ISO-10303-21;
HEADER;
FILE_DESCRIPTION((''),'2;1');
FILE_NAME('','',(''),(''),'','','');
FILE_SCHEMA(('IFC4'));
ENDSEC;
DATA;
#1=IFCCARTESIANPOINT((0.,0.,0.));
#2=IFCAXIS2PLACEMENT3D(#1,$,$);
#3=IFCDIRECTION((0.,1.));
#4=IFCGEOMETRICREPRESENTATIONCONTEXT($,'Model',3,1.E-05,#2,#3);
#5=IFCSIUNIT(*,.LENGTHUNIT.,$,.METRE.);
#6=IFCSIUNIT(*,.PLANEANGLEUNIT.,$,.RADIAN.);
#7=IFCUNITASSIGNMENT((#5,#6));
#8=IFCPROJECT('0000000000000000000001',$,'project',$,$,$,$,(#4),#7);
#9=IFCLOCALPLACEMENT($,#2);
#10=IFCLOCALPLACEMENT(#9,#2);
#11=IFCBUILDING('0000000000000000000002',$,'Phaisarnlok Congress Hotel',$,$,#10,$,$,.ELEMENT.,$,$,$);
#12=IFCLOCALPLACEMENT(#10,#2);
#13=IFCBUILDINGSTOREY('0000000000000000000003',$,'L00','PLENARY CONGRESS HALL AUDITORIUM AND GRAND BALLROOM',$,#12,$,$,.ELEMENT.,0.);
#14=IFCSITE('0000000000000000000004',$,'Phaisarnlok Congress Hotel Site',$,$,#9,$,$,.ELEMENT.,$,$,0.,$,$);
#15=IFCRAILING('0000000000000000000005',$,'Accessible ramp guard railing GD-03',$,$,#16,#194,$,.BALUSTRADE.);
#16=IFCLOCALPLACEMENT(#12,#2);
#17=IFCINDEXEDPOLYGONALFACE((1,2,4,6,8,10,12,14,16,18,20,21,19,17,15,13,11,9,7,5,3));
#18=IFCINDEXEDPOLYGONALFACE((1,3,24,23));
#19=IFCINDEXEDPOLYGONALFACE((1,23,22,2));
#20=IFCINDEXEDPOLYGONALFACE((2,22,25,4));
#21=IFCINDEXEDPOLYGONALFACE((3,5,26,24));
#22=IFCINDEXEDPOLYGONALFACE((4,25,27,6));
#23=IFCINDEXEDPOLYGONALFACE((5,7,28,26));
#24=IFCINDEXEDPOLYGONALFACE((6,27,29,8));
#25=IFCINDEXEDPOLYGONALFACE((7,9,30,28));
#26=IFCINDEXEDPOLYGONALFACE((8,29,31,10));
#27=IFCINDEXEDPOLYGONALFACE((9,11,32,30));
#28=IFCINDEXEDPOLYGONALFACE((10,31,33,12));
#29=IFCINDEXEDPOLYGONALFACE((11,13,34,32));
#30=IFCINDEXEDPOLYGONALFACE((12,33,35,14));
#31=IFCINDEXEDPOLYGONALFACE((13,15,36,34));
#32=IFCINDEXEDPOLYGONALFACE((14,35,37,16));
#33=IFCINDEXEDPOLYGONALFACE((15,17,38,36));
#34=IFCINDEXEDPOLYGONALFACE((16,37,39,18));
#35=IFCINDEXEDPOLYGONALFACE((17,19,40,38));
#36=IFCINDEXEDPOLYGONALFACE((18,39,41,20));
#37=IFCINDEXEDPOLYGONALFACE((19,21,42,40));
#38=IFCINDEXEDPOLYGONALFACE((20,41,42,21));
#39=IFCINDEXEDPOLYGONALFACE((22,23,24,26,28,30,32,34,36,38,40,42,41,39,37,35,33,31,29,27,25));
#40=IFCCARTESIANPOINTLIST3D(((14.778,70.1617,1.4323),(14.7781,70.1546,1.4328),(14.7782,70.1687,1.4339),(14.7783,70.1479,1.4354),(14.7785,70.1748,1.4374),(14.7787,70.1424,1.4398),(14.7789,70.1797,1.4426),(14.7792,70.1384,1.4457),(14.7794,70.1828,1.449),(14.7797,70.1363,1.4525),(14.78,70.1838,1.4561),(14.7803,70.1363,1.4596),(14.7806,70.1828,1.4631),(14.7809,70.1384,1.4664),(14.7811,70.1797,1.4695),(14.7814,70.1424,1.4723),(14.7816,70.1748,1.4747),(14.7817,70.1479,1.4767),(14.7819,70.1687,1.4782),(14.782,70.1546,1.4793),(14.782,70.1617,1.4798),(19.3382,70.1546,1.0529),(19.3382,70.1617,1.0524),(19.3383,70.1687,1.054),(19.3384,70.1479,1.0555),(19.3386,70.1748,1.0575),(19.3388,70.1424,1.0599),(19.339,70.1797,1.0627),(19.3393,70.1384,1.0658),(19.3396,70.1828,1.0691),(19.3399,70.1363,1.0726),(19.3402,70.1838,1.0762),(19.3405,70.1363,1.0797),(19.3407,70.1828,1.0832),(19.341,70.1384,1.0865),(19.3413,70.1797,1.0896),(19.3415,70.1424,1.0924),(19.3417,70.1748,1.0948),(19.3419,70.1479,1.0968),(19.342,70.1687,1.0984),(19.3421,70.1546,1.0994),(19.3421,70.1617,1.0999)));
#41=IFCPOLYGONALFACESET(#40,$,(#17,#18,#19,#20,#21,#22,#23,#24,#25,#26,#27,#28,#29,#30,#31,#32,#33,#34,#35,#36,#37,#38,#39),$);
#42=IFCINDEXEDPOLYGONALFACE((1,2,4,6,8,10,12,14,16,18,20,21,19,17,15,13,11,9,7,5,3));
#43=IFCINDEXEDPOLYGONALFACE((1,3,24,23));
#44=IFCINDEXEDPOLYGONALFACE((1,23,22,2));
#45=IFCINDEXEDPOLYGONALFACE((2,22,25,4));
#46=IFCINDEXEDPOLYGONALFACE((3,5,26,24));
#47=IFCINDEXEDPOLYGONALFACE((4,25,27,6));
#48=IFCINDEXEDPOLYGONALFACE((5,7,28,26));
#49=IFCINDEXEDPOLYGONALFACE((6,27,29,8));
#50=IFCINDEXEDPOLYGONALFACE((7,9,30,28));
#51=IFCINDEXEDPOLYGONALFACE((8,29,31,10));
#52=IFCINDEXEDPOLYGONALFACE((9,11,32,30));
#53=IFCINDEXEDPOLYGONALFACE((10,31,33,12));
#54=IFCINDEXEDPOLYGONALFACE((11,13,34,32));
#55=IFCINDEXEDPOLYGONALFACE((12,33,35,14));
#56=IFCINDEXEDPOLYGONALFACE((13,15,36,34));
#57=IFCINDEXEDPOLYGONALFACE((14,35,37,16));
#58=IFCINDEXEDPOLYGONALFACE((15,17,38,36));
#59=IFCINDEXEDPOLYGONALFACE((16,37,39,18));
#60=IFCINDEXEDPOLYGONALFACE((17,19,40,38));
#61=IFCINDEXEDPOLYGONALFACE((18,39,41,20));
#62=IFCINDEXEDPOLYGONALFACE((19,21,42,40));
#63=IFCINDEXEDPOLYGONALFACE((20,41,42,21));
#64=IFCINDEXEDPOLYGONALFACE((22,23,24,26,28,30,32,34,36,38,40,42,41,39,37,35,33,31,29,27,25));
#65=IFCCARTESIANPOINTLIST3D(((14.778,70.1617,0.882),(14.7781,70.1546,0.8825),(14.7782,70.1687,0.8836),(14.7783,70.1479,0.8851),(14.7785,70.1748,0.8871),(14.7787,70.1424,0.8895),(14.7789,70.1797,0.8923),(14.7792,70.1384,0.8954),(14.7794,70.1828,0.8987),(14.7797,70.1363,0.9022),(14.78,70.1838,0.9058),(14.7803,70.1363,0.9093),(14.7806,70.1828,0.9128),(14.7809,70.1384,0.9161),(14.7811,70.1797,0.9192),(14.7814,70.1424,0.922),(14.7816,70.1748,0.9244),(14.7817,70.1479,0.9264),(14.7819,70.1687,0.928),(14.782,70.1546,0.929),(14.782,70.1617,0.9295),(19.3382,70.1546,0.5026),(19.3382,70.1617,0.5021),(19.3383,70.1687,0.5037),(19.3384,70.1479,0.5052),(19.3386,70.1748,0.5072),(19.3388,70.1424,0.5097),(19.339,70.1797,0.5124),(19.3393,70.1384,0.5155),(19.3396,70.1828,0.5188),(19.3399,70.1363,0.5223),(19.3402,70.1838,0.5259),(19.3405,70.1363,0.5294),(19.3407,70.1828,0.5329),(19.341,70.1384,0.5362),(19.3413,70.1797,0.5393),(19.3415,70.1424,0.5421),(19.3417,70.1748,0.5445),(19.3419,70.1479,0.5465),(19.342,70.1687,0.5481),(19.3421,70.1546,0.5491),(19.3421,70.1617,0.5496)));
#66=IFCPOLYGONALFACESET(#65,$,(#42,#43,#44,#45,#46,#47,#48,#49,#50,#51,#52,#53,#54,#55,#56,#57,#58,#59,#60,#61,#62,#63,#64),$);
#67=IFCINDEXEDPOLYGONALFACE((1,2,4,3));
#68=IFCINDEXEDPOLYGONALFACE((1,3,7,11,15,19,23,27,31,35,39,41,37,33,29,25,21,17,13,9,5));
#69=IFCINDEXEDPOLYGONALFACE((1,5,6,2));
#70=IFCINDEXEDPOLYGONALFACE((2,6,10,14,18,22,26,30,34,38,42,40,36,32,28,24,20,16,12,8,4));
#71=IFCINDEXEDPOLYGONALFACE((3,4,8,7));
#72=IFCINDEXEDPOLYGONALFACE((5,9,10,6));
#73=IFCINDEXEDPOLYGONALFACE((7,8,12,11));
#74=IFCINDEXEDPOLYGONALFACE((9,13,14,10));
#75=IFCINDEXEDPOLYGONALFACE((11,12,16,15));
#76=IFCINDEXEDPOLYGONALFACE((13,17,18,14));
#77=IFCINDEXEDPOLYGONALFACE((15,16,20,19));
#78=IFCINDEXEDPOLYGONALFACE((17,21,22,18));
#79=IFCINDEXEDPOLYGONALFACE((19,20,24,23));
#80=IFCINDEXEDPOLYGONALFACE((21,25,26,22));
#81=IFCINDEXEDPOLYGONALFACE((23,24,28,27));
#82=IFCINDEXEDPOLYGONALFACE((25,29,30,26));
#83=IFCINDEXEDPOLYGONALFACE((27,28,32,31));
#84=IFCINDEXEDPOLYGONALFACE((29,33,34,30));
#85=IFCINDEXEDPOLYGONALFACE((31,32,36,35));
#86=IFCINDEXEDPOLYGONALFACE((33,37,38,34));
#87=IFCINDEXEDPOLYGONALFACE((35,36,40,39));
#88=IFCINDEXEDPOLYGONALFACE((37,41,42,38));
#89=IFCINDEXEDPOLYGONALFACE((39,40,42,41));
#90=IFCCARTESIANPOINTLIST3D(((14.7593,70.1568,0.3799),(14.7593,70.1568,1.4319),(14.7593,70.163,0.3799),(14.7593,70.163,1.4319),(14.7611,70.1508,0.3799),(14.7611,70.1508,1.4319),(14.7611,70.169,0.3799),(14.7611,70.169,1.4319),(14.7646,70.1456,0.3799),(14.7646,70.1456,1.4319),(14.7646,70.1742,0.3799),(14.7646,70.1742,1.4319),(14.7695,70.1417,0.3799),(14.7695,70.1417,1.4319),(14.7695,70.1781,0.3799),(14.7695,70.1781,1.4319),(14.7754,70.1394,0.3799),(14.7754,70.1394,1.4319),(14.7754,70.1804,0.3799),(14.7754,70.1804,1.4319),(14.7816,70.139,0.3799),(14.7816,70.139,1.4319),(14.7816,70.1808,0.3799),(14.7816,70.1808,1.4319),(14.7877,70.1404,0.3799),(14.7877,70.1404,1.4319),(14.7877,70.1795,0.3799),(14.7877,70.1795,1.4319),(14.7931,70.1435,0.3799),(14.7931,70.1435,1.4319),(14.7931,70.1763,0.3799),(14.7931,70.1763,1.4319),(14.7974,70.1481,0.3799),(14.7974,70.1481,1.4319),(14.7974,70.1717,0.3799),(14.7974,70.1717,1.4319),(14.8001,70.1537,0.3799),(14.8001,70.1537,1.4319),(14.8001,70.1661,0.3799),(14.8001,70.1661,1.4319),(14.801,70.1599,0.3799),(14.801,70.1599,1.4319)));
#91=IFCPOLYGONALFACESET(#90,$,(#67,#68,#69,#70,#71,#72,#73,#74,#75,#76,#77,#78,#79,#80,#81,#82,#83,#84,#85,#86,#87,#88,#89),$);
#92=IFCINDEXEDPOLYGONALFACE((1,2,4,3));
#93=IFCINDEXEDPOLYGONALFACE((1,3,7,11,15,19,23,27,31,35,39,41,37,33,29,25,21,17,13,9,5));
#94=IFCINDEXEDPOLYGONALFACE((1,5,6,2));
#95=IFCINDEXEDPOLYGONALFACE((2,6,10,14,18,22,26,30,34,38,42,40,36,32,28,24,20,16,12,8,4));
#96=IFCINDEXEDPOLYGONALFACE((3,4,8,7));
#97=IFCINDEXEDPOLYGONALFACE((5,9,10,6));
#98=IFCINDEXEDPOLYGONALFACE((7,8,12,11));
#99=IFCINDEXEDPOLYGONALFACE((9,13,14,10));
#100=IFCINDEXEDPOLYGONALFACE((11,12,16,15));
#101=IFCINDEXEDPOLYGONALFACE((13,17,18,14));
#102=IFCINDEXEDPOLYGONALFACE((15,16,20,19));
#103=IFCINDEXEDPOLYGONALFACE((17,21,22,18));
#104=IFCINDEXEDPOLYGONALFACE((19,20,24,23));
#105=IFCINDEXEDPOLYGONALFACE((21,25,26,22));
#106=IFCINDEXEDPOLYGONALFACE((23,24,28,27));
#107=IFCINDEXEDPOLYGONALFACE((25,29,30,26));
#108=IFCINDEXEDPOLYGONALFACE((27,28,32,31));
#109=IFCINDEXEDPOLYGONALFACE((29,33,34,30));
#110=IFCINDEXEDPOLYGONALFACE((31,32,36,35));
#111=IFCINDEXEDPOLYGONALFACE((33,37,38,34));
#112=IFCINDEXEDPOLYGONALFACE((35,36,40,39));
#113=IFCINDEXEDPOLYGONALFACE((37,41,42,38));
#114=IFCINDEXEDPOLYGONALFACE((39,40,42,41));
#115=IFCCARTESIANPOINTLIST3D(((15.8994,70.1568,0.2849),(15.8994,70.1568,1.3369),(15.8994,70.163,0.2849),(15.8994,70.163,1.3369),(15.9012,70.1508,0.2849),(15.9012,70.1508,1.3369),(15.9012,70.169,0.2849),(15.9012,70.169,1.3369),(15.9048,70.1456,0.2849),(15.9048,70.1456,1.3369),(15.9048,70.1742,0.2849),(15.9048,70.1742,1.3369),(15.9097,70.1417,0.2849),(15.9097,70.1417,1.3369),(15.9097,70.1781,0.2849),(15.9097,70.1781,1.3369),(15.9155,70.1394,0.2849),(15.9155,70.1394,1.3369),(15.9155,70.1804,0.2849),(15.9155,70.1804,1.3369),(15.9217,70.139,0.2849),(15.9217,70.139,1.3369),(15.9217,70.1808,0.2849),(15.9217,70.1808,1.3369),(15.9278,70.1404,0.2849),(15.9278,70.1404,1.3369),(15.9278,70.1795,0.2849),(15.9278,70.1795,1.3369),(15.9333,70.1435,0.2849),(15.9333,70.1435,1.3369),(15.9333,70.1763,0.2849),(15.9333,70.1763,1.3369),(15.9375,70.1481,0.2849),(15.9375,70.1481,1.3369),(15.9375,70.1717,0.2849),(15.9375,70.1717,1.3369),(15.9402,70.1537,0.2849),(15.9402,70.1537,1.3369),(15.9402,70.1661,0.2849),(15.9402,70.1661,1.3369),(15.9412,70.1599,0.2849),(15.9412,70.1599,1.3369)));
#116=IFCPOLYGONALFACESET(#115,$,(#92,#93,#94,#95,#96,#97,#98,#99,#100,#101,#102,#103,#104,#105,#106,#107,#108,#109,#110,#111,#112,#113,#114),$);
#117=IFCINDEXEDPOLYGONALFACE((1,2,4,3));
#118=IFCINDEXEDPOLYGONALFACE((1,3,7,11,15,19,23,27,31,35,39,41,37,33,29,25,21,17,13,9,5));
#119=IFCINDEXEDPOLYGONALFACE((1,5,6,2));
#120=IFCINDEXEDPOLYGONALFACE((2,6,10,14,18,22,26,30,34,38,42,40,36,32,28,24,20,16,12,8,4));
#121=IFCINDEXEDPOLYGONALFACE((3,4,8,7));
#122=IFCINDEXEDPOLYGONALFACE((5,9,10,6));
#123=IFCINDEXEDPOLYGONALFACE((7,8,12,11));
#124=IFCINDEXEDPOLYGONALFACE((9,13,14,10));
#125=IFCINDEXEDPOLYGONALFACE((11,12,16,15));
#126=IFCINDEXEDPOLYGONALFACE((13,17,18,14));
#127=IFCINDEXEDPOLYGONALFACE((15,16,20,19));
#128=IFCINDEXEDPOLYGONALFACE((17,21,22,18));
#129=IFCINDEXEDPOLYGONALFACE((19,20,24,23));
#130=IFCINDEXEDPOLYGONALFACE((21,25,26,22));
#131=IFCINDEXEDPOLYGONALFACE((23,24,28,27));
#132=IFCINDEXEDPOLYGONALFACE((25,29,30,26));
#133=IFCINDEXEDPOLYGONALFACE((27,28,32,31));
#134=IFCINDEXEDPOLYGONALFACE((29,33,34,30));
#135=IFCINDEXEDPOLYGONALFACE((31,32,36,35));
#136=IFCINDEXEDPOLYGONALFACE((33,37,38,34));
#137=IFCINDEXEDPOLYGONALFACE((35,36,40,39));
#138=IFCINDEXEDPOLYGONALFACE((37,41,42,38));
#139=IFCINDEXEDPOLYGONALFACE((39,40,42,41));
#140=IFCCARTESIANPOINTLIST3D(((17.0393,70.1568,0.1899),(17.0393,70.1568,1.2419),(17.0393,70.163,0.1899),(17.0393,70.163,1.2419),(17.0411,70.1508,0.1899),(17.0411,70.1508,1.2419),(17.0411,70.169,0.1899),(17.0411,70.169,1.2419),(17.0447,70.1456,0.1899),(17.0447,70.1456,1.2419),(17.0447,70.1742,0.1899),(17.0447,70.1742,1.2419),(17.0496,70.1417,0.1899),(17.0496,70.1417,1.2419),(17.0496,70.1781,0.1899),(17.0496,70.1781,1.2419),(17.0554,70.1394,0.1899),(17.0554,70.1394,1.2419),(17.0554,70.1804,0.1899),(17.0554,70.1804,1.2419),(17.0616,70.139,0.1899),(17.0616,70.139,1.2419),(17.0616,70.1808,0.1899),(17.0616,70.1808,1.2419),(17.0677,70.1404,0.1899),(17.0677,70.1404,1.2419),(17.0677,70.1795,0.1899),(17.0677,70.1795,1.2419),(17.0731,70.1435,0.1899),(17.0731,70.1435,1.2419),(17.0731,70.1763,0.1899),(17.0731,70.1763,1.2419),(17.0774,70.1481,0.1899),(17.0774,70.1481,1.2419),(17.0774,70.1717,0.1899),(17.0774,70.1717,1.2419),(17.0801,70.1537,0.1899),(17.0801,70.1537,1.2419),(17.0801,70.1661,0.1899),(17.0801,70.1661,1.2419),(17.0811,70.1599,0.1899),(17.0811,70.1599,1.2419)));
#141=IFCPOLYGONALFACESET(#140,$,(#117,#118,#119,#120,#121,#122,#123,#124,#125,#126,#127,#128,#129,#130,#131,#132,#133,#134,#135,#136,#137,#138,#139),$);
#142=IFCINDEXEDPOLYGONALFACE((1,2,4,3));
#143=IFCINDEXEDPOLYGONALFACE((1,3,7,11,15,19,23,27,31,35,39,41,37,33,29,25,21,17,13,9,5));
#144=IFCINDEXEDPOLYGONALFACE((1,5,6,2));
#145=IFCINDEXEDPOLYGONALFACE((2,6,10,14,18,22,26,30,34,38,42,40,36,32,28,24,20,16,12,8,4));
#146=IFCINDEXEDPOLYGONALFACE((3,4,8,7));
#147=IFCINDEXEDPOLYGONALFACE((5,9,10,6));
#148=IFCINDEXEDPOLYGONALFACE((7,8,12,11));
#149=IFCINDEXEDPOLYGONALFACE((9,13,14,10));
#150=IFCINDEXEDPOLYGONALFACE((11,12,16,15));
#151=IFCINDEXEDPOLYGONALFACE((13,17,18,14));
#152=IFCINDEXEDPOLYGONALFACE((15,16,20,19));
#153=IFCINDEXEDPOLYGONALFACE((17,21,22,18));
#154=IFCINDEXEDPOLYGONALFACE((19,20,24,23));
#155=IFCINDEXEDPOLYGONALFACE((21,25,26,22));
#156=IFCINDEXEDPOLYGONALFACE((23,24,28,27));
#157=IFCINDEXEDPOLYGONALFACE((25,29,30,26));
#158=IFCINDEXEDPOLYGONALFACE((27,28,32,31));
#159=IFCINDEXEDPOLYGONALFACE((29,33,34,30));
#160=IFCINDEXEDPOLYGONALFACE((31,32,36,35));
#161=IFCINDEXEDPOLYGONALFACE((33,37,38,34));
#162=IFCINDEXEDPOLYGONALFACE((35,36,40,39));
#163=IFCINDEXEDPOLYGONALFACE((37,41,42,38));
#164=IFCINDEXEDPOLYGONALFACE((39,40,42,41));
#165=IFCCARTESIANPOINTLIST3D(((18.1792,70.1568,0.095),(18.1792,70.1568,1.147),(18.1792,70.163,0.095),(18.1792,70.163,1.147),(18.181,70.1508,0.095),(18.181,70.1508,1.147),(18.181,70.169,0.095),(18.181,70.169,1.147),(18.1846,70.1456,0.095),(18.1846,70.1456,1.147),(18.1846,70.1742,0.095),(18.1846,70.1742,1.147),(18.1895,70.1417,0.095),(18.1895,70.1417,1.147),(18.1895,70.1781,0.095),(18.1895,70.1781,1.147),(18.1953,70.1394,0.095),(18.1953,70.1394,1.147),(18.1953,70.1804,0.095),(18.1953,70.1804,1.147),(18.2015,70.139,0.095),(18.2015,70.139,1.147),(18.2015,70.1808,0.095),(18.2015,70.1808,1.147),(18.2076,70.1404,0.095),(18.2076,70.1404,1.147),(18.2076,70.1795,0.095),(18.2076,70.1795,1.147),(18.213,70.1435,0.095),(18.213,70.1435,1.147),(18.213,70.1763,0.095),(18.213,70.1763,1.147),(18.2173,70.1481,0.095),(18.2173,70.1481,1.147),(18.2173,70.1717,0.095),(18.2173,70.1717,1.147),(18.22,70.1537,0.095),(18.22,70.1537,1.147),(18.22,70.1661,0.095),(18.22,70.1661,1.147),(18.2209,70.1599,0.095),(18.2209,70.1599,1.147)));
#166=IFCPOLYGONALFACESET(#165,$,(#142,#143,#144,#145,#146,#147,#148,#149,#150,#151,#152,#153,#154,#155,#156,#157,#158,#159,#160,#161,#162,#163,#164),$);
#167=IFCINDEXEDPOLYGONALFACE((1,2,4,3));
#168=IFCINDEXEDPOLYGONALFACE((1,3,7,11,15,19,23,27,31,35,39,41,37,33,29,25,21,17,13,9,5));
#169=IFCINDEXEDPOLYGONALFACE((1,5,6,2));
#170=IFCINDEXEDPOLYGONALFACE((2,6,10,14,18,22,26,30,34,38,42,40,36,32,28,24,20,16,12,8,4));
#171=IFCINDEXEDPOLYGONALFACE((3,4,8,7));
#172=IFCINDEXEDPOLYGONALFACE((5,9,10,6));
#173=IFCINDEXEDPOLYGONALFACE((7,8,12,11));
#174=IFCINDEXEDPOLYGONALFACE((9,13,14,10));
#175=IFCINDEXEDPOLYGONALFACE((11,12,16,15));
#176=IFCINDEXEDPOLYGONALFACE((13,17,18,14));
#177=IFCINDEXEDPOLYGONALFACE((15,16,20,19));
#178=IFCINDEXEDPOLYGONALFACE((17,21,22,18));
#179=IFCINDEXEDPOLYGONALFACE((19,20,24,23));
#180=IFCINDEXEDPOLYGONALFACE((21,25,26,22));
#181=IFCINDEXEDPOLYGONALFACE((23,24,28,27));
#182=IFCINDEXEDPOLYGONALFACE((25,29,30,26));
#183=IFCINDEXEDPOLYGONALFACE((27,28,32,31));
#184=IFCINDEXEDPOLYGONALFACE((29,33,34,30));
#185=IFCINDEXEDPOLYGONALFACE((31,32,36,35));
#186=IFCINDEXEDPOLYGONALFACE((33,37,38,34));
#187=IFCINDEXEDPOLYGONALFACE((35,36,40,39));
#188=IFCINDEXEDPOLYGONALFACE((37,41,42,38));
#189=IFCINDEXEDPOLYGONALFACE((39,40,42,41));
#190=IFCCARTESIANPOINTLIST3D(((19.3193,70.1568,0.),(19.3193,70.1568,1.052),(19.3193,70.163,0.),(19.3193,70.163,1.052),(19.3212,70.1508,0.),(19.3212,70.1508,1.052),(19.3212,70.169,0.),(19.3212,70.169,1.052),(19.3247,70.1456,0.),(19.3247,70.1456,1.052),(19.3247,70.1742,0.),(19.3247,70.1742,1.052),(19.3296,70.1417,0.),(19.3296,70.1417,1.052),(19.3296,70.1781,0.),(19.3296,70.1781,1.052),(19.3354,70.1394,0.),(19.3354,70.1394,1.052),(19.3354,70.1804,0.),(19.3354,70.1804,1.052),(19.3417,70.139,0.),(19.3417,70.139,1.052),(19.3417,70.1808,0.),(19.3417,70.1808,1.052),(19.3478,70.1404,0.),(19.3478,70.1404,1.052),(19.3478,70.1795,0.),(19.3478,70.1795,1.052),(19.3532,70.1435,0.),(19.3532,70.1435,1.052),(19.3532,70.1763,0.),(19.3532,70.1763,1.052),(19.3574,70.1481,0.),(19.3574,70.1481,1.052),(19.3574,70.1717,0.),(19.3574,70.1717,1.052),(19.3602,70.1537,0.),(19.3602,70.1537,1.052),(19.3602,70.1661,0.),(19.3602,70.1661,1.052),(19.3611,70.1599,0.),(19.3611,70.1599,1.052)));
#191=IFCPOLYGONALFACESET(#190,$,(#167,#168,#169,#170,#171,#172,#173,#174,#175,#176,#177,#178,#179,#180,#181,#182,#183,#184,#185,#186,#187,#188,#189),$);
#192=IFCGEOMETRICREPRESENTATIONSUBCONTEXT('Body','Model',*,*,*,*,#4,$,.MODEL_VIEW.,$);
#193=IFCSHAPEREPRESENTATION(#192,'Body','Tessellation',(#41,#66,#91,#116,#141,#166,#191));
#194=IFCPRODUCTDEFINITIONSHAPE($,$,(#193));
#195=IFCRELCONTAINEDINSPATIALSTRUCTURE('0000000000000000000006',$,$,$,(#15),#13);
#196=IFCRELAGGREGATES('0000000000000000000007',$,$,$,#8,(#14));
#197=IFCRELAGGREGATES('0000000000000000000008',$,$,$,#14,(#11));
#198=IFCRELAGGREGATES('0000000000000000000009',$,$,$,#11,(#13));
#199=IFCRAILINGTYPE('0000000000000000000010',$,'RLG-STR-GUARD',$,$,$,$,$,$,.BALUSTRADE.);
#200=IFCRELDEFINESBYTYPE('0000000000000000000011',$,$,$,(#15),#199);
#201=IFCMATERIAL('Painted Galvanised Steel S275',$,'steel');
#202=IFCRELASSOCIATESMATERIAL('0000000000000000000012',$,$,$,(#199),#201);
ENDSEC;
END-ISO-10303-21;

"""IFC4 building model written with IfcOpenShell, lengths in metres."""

from ifc_helpers import new_model, si_unit, direction, frame, origin, origin_2d, place, context, subcontext, project, spatial, circle, extrude, material, type_object, element, save


model = new_model("IFC4")

# Units and contexts
model_context = context("Model", 3, precision=1e-05, world=origin(), true_north=direction((0.0, 1.0)))
body_context = subcontext(model_context, "Body", "Model", "MODEL_VIEW")
ifc_project = project(units=[si_unit("LENGTHUNIT", "METRE"), si_unit("PLANEANGLEUNIT", "RADIAN")], contexts=[model_context])

# Site, building, storey
site_placement = place(None, origin())
site = spatial("IfcSite", under=ifc_project, at=site_placement, Name="Phaisarnlok Congress Hotel Site", CompositionType="ELEMENT", RefElevation=0.0)
building_placement = place(site_placement, origin())
building = spatial("IfcBuilding", under=site, at=building_placement, Name="Phaisarnlok Congress Hotel", CompositionType="ELEMENT")
storey_placement = place(building_placement, origin())
storey = spatial("IfcBuildingStorey", under=building, at=storey_placement, Name="L00", Description="PLENARY CONGRESS HALL AUDITORIUM AND GRAND BALLROOM", CompositionType="ELEMENT", Elevation=0.0)

# Railing
ifc_material_1 = material(Name="Painted Galvanised Steel S275", Category="steel")
railing_type = type_object("IfcRailingType", Name="RLG-STR-GUARD", PredefinedType="BALUSTRADE", material=ifc_material_1)
for number, where, name in (
    (1, (14.78, 70.1599, 0.3799), "Accessible ramp guard railing GD-03"),
):
    element("IfcRailing", number, at=place(storey_placement, frame(where)), inside=storey, type_object=railing_type, Name=name, PredefinedType="BALUSTRADE", context=body_context, shape_type="SweptSolid", body=[
        extrude(circle(Radius=0.0239, at=origin_2d()), frame((0.0, 0.0, 1.0762), z_axis=(0.996548, 0.0, -0.083019), x_axis=(0.0, 1.0, 0.0)), (0.0, 0.0, 1.0), 4.5759),
        extrude(circle(Radius=0.0239, at=origin_2d()), frame((0.0, 0.0, 0.5259), z_axis=(0.996548, 0.0, -0.083019), x_axis=(0.0, 1.0, 0.0)), (0.0, 0.0, 1.0), 4.5759),
        extrude(circle(Radius=0.021, at=origin_2d()), origin(), (0.0, 0.0, 1.0), 1.052),
        extrude(circle(Radius=0.021, at=origin_2d()), frame((1.1401, 0.0, -0.095)), (0.0, 0.0, 1.0), 1.052),
        extrude(circle(Radius=0.021, at=origin_2d()), frame((2.28, 0.0, -0.1899)), (0.0, 0.0, 1.0), 1.052),
        extrude(circle(Radius=0.021, at=origin_2d()), frame((3.4199, 0.0, -0.2849)), (0.0, 0.0, 1.0), 1.052),
        extrude(circle(Radius=0.021, at=origin_2d()), frame((4.5601, 0.0, -0.3799)), (0.0, 0.0, 1.0), 1.052),
    ])

save(model, "model.ifc")
